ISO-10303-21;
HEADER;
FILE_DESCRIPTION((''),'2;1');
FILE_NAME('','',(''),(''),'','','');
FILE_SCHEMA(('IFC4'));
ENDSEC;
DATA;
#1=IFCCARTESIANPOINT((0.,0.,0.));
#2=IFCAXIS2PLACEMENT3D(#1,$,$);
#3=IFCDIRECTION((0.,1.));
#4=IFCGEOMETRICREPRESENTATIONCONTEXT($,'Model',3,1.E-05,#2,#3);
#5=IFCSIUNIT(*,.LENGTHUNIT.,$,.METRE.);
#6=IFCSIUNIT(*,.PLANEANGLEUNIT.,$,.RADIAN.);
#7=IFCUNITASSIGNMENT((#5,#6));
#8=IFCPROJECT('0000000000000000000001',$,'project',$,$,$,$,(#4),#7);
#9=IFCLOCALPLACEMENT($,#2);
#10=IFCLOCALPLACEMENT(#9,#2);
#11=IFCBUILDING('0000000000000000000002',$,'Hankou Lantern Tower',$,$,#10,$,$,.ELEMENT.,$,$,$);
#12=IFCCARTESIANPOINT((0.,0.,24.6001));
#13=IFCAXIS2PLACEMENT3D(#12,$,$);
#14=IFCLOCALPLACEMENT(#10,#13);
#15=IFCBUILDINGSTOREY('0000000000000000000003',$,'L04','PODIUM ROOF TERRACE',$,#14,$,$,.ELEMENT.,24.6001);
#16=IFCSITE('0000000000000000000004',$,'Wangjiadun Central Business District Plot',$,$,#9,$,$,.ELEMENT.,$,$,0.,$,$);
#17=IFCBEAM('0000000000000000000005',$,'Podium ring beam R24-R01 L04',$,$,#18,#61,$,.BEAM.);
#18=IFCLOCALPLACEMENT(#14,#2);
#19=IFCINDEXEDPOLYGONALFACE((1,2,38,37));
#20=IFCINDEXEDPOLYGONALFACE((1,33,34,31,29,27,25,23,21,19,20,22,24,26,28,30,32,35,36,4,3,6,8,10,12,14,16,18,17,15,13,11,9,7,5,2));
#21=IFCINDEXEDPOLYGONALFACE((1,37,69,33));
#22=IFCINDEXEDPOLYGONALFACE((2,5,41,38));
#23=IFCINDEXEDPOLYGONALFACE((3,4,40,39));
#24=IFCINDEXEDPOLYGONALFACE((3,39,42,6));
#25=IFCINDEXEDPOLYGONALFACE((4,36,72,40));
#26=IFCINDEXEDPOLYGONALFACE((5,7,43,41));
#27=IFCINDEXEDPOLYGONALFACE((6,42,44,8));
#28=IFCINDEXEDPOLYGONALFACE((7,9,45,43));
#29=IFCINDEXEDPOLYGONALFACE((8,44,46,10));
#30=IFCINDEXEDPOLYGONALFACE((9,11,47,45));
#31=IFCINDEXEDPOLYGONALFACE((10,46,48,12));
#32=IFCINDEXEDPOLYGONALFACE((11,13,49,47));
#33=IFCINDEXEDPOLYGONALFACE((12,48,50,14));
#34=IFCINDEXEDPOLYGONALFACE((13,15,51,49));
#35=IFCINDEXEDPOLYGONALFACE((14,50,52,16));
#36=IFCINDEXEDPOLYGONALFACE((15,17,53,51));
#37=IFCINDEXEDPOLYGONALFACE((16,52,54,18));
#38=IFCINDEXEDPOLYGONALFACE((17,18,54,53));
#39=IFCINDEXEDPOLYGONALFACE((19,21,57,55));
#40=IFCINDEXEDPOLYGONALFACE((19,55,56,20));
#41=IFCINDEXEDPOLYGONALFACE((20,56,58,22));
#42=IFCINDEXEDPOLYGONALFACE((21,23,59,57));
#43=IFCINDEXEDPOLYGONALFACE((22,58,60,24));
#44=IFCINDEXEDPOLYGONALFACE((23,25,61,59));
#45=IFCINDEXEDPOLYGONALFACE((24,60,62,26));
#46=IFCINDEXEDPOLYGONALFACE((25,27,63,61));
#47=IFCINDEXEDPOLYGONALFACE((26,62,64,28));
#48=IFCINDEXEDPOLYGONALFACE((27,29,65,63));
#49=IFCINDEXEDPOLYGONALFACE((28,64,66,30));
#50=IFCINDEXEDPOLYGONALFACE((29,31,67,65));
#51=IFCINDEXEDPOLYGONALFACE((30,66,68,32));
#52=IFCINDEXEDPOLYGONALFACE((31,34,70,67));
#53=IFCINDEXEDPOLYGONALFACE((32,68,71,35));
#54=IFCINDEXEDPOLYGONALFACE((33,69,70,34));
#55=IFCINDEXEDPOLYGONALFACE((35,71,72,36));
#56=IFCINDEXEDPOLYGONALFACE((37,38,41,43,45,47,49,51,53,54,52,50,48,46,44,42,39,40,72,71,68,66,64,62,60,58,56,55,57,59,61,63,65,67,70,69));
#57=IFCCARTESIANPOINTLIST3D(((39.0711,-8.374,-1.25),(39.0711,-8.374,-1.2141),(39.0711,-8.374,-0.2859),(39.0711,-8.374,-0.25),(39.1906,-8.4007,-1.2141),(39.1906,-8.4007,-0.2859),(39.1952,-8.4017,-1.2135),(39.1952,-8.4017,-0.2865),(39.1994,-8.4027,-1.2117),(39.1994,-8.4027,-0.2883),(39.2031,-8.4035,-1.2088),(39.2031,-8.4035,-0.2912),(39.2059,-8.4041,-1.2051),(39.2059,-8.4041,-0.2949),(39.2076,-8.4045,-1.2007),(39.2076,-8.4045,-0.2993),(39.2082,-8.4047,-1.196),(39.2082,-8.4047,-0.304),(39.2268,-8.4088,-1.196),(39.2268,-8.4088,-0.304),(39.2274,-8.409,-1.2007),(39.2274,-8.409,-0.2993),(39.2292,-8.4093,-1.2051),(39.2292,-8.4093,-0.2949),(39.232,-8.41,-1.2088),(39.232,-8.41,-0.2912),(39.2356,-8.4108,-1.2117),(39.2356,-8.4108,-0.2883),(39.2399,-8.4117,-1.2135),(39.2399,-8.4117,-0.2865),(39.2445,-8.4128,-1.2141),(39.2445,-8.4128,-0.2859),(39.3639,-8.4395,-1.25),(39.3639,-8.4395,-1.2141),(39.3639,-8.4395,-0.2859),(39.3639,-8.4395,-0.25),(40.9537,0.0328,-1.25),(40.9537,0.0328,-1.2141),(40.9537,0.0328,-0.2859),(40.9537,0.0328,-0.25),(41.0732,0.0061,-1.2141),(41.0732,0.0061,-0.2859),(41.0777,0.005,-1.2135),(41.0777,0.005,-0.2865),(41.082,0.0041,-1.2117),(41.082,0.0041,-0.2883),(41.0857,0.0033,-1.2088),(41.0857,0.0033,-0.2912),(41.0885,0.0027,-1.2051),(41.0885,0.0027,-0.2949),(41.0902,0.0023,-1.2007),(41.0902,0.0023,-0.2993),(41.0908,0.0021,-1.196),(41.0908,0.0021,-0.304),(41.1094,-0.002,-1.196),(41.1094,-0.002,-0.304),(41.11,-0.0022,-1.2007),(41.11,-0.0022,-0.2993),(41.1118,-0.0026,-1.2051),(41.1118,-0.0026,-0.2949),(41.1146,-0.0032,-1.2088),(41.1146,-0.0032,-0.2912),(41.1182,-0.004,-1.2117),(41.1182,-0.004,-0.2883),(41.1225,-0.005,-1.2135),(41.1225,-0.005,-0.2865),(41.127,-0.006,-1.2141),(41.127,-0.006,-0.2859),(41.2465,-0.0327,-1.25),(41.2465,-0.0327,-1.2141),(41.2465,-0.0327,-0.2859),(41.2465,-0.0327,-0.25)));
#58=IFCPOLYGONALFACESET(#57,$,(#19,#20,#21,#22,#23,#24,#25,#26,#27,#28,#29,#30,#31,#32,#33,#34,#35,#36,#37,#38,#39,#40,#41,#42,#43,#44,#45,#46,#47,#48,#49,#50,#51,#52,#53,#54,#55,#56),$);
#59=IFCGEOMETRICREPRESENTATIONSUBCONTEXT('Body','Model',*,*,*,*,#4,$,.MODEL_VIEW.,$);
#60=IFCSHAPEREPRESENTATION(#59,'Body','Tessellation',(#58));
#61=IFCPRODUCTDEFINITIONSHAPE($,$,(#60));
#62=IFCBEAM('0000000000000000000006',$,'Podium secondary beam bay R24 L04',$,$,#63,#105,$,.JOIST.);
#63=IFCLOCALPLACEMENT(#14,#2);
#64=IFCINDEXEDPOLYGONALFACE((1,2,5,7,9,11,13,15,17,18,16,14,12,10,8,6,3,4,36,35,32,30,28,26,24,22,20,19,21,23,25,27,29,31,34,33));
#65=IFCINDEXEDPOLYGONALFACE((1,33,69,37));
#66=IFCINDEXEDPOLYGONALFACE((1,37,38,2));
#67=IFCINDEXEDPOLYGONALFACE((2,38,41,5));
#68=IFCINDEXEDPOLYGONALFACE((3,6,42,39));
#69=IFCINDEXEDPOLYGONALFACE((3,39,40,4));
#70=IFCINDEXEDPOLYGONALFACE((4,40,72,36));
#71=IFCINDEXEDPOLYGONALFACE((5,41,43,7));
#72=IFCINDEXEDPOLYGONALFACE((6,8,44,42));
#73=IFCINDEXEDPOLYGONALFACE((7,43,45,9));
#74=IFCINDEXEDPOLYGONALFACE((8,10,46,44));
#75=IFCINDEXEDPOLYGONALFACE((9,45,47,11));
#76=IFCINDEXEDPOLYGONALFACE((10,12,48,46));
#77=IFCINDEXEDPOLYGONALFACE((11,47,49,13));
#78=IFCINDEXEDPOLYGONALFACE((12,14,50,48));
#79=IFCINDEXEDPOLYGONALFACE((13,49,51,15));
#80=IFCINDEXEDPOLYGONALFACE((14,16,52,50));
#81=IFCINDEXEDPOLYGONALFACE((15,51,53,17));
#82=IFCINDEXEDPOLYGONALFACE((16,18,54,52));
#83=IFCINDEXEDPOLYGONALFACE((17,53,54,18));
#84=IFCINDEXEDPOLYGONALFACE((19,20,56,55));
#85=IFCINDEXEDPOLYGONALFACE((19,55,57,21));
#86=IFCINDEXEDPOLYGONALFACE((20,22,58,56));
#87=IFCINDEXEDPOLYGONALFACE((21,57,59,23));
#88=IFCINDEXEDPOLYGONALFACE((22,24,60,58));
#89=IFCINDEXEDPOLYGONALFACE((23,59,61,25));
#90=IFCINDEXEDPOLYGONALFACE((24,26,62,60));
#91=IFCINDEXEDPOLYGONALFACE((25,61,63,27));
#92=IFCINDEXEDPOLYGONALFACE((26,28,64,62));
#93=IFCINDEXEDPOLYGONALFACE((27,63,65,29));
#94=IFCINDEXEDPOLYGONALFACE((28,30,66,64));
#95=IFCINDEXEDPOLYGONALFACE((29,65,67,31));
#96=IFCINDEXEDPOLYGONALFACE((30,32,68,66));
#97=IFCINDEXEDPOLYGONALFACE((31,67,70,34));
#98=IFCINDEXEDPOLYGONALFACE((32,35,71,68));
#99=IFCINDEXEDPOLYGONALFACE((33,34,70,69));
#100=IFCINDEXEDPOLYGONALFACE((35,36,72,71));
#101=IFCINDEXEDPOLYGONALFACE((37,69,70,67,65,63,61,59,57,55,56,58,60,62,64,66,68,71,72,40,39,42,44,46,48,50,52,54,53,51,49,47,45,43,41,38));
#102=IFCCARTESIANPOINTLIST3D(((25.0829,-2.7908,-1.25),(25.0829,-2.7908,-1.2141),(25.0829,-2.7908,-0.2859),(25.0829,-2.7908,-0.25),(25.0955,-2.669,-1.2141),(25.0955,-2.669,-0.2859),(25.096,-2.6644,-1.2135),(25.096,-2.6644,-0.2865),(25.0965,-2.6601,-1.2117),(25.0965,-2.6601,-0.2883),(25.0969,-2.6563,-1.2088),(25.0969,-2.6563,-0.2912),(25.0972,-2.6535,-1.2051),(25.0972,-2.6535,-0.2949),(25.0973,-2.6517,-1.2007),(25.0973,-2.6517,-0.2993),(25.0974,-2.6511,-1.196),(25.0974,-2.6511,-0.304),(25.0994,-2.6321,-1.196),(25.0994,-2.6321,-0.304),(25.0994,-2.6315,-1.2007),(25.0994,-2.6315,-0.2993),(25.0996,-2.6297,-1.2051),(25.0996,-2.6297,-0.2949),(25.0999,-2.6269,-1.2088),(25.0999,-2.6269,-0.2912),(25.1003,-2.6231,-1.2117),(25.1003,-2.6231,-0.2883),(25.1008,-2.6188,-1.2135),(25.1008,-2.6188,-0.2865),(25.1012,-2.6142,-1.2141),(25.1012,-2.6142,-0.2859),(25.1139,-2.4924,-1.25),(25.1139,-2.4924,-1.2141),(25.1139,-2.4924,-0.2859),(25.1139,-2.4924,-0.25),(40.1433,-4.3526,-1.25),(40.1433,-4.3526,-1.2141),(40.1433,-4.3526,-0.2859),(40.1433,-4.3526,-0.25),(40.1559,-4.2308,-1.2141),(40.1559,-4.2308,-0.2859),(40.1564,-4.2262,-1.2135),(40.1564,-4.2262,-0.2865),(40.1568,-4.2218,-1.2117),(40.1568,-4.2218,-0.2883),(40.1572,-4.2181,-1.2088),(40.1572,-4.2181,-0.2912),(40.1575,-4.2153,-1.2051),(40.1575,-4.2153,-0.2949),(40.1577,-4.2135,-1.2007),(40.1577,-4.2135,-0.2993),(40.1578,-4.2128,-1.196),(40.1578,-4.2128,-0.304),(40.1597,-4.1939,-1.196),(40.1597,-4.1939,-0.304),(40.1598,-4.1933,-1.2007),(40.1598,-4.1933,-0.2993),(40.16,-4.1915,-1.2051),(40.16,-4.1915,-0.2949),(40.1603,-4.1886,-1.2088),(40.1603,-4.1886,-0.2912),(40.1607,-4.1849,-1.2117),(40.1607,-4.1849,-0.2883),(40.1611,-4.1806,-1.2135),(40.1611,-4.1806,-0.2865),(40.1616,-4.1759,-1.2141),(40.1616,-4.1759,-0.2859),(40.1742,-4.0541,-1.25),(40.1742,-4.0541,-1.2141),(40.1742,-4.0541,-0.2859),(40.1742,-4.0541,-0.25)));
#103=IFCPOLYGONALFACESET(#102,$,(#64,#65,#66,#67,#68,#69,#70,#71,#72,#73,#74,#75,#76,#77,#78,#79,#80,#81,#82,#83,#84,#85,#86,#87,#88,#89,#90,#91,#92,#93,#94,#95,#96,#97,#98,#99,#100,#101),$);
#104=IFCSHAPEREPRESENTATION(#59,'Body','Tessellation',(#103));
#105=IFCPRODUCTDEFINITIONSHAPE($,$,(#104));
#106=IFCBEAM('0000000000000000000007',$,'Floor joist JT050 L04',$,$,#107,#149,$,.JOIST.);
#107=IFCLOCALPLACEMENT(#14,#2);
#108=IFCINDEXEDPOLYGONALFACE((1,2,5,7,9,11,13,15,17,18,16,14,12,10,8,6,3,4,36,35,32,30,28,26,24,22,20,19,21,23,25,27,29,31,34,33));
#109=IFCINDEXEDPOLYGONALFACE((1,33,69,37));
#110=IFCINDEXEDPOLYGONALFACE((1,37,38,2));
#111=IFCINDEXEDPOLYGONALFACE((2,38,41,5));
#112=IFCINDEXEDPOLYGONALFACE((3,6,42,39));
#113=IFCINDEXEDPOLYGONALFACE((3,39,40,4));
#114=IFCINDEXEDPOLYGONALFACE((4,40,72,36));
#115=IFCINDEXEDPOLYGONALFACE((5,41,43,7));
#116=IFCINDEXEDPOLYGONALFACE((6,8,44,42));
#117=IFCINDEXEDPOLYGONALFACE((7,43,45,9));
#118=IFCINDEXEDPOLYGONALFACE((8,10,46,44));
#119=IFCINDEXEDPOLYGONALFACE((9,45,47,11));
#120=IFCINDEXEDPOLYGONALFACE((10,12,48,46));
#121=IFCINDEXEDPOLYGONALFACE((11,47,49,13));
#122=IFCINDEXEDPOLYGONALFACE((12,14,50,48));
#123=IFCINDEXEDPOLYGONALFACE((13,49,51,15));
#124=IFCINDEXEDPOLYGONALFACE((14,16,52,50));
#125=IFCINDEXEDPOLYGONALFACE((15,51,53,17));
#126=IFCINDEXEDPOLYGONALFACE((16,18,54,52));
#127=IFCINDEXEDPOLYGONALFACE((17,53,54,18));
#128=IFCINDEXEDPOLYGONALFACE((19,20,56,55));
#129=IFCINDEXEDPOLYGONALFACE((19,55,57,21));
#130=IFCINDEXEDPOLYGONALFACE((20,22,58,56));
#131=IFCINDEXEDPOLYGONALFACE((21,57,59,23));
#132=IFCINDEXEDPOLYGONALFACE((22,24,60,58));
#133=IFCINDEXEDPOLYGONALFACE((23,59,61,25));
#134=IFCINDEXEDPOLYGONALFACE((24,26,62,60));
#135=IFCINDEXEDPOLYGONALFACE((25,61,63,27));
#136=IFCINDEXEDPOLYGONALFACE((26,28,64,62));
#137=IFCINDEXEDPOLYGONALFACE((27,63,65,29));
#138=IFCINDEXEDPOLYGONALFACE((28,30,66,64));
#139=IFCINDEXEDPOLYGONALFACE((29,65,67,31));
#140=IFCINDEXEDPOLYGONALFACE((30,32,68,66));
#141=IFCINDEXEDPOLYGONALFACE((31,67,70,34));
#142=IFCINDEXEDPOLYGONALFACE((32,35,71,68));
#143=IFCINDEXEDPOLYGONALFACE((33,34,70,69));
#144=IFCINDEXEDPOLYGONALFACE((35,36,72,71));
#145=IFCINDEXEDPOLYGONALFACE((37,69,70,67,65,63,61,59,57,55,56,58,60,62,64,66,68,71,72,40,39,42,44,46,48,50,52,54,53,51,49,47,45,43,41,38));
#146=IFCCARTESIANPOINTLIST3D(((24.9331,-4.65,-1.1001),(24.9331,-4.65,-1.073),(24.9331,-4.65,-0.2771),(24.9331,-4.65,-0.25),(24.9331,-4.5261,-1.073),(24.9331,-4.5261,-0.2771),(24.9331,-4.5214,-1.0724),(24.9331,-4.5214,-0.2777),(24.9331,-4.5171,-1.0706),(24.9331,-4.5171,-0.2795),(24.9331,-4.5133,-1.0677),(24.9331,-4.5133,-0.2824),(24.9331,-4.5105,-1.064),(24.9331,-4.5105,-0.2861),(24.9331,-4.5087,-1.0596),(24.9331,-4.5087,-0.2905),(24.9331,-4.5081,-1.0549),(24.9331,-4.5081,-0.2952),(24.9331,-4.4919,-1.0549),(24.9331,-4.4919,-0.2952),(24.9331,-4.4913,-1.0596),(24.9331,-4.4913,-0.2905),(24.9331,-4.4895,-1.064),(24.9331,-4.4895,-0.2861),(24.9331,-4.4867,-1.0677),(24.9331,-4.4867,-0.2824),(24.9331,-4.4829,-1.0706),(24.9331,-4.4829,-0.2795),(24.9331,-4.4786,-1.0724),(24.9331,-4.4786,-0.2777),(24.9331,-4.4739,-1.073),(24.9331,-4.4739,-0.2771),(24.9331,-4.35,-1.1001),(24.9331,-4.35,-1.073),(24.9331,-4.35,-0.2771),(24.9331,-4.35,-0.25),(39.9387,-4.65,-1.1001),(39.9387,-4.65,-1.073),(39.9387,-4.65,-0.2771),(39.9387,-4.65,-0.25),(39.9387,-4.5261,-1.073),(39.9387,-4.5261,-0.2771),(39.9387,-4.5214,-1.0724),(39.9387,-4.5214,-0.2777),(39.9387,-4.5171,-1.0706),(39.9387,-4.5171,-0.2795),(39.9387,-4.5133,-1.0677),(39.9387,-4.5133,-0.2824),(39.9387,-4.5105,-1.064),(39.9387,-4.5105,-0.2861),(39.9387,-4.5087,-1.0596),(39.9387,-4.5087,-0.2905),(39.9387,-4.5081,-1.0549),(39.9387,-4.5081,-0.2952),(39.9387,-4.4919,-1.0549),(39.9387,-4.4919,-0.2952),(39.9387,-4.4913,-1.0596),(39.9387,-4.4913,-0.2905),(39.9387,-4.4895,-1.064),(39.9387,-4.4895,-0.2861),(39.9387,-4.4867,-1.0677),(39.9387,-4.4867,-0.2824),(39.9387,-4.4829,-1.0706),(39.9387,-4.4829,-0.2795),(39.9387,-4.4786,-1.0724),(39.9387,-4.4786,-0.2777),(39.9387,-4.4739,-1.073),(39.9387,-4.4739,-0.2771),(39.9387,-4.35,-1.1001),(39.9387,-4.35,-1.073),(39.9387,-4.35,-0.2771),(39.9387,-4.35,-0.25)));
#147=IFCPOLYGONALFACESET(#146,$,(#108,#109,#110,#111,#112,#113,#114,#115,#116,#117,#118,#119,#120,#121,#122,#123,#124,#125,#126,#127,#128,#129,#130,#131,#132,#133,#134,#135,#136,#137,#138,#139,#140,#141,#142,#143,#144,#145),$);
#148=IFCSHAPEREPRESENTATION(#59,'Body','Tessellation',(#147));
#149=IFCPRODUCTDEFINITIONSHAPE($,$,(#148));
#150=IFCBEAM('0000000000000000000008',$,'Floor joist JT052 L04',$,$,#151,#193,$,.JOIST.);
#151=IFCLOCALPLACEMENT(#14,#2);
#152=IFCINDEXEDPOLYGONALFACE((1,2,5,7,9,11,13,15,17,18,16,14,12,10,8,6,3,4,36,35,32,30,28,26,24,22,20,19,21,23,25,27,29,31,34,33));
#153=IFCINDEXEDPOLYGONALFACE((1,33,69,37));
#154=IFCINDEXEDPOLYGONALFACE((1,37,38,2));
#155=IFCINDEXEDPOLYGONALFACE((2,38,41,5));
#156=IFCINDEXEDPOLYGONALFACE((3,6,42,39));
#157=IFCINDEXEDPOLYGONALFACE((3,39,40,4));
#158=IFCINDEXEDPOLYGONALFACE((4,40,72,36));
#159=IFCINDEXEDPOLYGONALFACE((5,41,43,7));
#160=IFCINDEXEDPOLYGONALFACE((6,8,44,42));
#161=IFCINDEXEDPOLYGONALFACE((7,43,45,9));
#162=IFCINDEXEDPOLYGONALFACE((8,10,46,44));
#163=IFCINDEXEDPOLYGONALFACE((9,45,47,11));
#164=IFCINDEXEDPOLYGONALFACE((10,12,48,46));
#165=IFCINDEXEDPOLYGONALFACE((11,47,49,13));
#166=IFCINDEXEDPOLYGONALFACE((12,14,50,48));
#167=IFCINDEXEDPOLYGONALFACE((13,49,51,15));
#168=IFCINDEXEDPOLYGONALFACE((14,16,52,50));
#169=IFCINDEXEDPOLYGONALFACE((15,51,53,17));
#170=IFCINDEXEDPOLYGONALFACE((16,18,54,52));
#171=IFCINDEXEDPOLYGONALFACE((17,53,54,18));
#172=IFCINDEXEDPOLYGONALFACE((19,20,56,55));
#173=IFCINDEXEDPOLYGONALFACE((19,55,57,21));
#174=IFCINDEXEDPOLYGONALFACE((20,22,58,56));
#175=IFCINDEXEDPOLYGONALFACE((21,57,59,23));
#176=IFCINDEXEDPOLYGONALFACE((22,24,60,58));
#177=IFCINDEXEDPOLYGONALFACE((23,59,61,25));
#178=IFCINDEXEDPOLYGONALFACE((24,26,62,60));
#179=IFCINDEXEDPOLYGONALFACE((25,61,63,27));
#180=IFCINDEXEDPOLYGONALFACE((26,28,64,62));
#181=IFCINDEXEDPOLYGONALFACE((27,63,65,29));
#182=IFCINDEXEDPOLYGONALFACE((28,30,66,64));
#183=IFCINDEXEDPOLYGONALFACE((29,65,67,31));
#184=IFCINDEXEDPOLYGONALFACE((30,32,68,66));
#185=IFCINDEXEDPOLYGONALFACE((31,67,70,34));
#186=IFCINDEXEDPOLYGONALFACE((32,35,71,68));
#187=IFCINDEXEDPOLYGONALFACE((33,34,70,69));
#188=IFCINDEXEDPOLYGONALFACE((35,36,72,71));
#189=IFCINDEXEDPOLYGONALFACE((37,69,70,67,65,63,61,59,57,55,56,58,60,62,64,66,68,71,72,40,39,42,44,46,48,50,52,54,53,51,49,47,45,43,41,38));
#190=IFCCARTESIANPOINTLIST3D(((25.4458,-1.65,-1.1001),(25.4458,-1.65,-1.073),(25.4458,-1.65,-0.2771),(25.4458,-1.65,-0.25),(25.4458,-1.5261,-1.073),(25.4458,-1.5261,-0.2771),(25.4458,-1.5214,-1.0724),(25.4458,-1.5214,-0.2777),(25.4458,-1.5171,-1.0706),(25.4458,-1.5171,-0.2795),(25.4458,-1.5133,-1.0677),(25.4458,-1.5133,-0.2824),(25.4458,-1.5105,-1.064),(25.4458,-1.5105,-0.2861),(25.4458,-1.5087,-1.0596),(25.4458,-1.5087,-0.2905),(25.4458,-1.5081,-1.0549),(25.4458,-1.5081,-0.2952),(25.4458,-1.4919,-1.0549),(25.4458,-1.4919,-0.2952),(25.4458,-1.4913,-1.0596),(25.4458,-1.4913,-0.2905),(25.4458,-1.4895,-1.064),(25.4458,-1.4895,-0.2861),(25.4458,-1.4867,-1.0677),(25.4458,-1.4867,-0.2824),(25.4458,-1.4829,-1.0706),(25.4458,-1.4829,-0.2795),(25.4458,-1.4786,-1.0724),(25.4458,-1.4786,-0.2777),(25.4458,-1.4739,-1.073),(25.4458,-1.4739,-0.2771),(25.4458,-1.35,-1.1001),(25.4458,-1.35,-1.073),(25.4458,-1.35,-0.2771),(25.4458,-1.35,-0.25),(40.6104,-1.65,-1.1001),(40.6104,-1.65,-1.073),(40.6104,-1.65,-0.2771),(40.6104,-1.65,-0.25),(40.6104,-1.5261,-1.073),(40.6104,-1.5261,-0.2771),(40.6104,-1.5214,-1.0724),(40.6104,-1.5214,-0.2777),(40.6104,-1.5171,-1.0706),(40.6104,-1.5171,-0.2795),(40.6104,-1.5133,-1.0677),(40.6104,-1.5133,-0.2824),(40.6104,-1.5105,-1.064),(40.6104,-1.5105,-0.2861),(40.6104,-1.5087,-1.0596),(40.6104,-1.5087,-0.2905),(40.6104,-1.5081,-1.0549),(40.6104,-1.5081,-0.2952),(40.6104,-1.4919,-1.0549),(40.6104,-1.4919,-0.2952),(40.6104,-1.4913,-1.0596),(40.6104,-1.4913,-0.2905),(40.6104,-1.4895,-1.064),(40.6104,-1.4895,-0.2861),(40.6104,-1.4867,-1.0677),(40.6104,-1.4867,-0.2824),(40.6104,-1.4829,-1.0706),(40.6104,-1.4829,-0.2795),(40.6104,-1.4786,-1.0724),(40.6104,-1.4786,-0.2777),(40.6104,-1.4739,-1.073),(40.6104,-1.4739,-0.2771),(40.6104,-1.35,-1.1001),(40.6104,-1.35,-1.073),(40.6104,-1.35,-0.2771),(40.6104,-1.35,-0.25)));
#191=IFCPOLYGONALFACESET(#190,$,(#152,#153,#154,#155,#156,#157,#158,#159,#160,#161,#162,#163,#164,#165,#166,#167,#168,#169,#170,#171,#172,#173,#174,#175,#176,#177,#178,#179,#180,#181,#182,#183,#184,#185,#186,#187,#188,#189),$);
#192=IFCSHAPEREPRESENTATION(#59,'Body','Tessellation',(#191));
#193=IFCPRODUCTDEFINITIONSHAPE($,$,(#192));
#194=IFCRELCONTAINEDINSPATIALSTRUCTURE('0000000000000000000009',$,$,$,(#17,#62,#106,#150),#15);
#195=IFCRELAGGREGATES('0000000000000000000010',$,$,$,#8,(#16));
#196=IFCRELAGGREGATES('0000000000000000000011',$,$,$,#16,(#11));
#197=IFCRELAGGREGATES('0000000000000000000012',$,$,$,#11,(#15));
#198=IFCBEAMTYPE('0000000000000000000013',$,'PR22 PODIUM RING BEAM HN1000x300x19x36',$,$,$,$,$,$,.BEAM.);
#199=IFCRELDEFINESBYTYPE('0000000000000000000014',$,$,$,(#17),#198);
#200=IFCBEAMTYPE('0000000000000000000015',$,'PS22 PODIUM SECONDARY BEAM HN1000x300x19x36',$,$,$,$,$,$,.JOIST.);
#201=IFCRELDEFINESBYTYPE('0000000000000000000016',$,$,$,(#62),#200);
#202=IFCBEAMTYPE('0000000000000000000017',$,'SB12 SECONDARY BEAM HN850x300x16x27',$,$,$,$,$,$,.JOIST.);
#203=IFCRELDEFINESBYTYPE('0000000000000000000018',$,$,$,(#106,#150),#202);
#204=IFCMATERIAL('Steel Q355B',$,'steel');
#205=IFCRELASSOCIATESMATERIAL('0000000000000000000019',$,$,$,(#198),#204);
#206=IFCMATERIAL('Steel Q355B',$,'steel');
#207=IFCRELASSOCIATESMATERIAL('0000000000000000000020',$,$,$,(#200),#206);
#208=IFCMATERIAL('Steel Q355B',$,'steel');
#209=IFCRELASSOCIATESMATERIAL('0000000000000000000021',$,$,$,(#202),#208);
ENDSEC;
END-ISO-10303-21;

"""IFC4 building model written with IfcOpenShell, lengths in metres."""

from ifc_helpers import new_model, si_unit, direction, frame, origin, origin_2d, place, context, subcontext, project, spatial, i_section, extrude, material, material_profile, profile_set, type_object, element, save


model = new_model("IFC4")

# Units and contexts
model_context = context("Model", 3, precision=1e-05, world=origin(), true_north=direction((0.0, 1.0)))
body_context = subcontext(model_context, "Body", "Model", "MODEL_VIEW")
ifc_project = project(units=[si_unit("LENGTHUNIT", "METRE"), si_unit("PLANEANGLEUNIT", "RADIAN")], contexts=[model_context])

# Site, building, storey
site_placement = place(None, origin())
site = spatial("IfcSite", under=ifc_project, at=site_placement, Name="Wangjiadun Central Business District Plot", CompositionType="ELEMENT", RefElevation=0.0)
building_placement = place(site_placement, origin())
building = spatial("IfcBuilding", under=site, at=building_placement, Name="Hankou Lantern Tower", CompositionType="ELEMENT")
storey_placement = place(building_placement, frame((0.0, 0.0, 24.6001)))
storey = spatial("IfcBuildingStorey", under=building, at=storey_placement, Name="L04", Description="PODIUM ROOF TERRACE", CompositionType="ELEMENT", Elevation=24.6001)

# Beams
ifc_material_1 = material(Name="Steel Q355B", Category="steel")
ifc_material_profile_1 = material_profile(ifc_material_1, i_section(OverallWidth=0.3, OverallDepth=1.0, WebThickness=0.019, FlangeThickness=0.0359, FilletRadius=0.0181, at=origin_2d()), Name="HN1000x300x19x36")
ifc_profile_set_1 = profile_set([ifc_material_profile_1], Name="Steel Q355B")
beam_type_1 = type_object("IfcBeamType", Name="PR22 PODIUM RING BEAM HN1000x300x19x36", PredefinedType="BEAM", material=ifc_profile_set_1)
beam_1_placement = place(storey_placement, frame((39.2175, -8.4067, -0.75), z_axis=(0.218523, 0.975832, 0.0), x_axis=(-0.975832, 0.218523, 0.0)))
element("IfcBeam", 1, at=beam_1_placement, inside=storey, type_object=beam_type_1, Name="Podium ring beam R24-R01 L04", PredefinedType="BEAM", context=body_context, shape_type="SweptSolid", body=[
    extrude(i_section(OverallWidth=0.3, OverallDepth=1.0, WebThickness=0.019, FlangeThickness=0.0359, FilletRadius=0.0181, at=origin_2d()), origin(), (0.0, 0.0, 1.0), 8.615),
])
ifc_material_2 = material(Name="Steel Q355B", Category="steel")
ifc_material_profile_2 = material_profile(ifc_material_2, i_section(OverallWidth=0.3, OverallDepth=1.0, WebThickness=0.019, FlangeThickness=0.0359, FilletRadius=0.0181, at=origin_2d()), Name="HN1000x300x19x36")
ifc_profile_set_2 = profile_set([ifc_material_profile_2], Name="Steel Q355B")
beam_type_2 = type_object("IfcBeamType", Name="PS22 PODIUM SECONDARY BEAM HN1000x300x19x36", PredefinedType="JOIST", material=ifc_profile_set_2)
beam_2_placement = place(storey_placement, frame((25.0984, -2.6416, -0.75), z_axis=(0.994666, -0.103148, 0.0), x_axis=(0.103148, 0.994666, 0.0)))
element("IfcBeam", 2, at=beam_2_placement, inside=storey, type_object=beam_type_2, Name="Podium secondary beam bay R24 L04", PredefinedType="JOIST", context=body_context, shape_type="SweptSolid", body=[
    extrude(i_section(OverallWidth=0.3, OverallDepth=1.0, WebThickness=0.019, FlangeThickness=0.0359, FilletRadius=0.0181, at=origin_2d()), origin(), (0.0, 0.0, 1.0), 15.1411),
])
ifc_material_3 = material(Name="Steel Q355B", Category="steel")
ifc_material_profile_3 = material_profile(ifc_material_3, i_section(OverallWidth=0.3, OverallDepth=0.8501, WebThickness=0.0161, FlangeThickness=0.0271, FilletRadius=0.0181, at=origin_2d()), Name="HN850x300x16x27")
ifc_profile_set_3 = profile_set([ifc_material_profile_3], Name="Steel Q355B")
beam_type_3 = type_object("IfcBeamType", Name="SB12 SECONDARY BEAM HN850x300x16x27", PredefinedType="JOIST", material=ifc_profile_set_3)
beam_3_placement = place(storey_placement, frame((24.9331, -4.5, -0.675), z_axis=(1.0, 0.0, 0.0), x_axis=(0.0, 1.0, 0.0)))
element("IfcBeam", 3, at=beam_3_placement, inside=storey, type_object=beam_type_3, Name="Floor joist JT050 L04", PredefinedType="JOIST", context=body_context, shape_type="SweptSolid", body=[
    extrude(i_section(OverallWidth=0.3, OverallDepth=0.8501, WebThickness=0.0161, FlangeThickness=0.0271, FilletRadius=0.0181, at=origin_2d()), origin(), (0.0, 0.0, 1.0), 15.0056),
])
beam_4_placement = place(storey_placement, frame((25.4458, -1.5, -0.675), z_axis=(1.0, 0.0, 0.0), x_axis=(0.0, 1.0, 0.0)))
element("IfcBeam", 4, at=beam_4_placement, inside=storey, type_object=beam_type_3, Name="Floor joist JT052 L04", PredefinedType="JOIST", context=body_context, shape_type="SweptSolid", body=[
    extrude(i_section(OverallWidth=0.3, OverallDepth=0.8501, WebThickness=0.0161, FlangeThickness=0.0271, FilletRadius=0.0181, at=origin_2d()), origin(), (0.0, 0.0, 1.0), 15.1646),
])

save(model, "model.ifc")
